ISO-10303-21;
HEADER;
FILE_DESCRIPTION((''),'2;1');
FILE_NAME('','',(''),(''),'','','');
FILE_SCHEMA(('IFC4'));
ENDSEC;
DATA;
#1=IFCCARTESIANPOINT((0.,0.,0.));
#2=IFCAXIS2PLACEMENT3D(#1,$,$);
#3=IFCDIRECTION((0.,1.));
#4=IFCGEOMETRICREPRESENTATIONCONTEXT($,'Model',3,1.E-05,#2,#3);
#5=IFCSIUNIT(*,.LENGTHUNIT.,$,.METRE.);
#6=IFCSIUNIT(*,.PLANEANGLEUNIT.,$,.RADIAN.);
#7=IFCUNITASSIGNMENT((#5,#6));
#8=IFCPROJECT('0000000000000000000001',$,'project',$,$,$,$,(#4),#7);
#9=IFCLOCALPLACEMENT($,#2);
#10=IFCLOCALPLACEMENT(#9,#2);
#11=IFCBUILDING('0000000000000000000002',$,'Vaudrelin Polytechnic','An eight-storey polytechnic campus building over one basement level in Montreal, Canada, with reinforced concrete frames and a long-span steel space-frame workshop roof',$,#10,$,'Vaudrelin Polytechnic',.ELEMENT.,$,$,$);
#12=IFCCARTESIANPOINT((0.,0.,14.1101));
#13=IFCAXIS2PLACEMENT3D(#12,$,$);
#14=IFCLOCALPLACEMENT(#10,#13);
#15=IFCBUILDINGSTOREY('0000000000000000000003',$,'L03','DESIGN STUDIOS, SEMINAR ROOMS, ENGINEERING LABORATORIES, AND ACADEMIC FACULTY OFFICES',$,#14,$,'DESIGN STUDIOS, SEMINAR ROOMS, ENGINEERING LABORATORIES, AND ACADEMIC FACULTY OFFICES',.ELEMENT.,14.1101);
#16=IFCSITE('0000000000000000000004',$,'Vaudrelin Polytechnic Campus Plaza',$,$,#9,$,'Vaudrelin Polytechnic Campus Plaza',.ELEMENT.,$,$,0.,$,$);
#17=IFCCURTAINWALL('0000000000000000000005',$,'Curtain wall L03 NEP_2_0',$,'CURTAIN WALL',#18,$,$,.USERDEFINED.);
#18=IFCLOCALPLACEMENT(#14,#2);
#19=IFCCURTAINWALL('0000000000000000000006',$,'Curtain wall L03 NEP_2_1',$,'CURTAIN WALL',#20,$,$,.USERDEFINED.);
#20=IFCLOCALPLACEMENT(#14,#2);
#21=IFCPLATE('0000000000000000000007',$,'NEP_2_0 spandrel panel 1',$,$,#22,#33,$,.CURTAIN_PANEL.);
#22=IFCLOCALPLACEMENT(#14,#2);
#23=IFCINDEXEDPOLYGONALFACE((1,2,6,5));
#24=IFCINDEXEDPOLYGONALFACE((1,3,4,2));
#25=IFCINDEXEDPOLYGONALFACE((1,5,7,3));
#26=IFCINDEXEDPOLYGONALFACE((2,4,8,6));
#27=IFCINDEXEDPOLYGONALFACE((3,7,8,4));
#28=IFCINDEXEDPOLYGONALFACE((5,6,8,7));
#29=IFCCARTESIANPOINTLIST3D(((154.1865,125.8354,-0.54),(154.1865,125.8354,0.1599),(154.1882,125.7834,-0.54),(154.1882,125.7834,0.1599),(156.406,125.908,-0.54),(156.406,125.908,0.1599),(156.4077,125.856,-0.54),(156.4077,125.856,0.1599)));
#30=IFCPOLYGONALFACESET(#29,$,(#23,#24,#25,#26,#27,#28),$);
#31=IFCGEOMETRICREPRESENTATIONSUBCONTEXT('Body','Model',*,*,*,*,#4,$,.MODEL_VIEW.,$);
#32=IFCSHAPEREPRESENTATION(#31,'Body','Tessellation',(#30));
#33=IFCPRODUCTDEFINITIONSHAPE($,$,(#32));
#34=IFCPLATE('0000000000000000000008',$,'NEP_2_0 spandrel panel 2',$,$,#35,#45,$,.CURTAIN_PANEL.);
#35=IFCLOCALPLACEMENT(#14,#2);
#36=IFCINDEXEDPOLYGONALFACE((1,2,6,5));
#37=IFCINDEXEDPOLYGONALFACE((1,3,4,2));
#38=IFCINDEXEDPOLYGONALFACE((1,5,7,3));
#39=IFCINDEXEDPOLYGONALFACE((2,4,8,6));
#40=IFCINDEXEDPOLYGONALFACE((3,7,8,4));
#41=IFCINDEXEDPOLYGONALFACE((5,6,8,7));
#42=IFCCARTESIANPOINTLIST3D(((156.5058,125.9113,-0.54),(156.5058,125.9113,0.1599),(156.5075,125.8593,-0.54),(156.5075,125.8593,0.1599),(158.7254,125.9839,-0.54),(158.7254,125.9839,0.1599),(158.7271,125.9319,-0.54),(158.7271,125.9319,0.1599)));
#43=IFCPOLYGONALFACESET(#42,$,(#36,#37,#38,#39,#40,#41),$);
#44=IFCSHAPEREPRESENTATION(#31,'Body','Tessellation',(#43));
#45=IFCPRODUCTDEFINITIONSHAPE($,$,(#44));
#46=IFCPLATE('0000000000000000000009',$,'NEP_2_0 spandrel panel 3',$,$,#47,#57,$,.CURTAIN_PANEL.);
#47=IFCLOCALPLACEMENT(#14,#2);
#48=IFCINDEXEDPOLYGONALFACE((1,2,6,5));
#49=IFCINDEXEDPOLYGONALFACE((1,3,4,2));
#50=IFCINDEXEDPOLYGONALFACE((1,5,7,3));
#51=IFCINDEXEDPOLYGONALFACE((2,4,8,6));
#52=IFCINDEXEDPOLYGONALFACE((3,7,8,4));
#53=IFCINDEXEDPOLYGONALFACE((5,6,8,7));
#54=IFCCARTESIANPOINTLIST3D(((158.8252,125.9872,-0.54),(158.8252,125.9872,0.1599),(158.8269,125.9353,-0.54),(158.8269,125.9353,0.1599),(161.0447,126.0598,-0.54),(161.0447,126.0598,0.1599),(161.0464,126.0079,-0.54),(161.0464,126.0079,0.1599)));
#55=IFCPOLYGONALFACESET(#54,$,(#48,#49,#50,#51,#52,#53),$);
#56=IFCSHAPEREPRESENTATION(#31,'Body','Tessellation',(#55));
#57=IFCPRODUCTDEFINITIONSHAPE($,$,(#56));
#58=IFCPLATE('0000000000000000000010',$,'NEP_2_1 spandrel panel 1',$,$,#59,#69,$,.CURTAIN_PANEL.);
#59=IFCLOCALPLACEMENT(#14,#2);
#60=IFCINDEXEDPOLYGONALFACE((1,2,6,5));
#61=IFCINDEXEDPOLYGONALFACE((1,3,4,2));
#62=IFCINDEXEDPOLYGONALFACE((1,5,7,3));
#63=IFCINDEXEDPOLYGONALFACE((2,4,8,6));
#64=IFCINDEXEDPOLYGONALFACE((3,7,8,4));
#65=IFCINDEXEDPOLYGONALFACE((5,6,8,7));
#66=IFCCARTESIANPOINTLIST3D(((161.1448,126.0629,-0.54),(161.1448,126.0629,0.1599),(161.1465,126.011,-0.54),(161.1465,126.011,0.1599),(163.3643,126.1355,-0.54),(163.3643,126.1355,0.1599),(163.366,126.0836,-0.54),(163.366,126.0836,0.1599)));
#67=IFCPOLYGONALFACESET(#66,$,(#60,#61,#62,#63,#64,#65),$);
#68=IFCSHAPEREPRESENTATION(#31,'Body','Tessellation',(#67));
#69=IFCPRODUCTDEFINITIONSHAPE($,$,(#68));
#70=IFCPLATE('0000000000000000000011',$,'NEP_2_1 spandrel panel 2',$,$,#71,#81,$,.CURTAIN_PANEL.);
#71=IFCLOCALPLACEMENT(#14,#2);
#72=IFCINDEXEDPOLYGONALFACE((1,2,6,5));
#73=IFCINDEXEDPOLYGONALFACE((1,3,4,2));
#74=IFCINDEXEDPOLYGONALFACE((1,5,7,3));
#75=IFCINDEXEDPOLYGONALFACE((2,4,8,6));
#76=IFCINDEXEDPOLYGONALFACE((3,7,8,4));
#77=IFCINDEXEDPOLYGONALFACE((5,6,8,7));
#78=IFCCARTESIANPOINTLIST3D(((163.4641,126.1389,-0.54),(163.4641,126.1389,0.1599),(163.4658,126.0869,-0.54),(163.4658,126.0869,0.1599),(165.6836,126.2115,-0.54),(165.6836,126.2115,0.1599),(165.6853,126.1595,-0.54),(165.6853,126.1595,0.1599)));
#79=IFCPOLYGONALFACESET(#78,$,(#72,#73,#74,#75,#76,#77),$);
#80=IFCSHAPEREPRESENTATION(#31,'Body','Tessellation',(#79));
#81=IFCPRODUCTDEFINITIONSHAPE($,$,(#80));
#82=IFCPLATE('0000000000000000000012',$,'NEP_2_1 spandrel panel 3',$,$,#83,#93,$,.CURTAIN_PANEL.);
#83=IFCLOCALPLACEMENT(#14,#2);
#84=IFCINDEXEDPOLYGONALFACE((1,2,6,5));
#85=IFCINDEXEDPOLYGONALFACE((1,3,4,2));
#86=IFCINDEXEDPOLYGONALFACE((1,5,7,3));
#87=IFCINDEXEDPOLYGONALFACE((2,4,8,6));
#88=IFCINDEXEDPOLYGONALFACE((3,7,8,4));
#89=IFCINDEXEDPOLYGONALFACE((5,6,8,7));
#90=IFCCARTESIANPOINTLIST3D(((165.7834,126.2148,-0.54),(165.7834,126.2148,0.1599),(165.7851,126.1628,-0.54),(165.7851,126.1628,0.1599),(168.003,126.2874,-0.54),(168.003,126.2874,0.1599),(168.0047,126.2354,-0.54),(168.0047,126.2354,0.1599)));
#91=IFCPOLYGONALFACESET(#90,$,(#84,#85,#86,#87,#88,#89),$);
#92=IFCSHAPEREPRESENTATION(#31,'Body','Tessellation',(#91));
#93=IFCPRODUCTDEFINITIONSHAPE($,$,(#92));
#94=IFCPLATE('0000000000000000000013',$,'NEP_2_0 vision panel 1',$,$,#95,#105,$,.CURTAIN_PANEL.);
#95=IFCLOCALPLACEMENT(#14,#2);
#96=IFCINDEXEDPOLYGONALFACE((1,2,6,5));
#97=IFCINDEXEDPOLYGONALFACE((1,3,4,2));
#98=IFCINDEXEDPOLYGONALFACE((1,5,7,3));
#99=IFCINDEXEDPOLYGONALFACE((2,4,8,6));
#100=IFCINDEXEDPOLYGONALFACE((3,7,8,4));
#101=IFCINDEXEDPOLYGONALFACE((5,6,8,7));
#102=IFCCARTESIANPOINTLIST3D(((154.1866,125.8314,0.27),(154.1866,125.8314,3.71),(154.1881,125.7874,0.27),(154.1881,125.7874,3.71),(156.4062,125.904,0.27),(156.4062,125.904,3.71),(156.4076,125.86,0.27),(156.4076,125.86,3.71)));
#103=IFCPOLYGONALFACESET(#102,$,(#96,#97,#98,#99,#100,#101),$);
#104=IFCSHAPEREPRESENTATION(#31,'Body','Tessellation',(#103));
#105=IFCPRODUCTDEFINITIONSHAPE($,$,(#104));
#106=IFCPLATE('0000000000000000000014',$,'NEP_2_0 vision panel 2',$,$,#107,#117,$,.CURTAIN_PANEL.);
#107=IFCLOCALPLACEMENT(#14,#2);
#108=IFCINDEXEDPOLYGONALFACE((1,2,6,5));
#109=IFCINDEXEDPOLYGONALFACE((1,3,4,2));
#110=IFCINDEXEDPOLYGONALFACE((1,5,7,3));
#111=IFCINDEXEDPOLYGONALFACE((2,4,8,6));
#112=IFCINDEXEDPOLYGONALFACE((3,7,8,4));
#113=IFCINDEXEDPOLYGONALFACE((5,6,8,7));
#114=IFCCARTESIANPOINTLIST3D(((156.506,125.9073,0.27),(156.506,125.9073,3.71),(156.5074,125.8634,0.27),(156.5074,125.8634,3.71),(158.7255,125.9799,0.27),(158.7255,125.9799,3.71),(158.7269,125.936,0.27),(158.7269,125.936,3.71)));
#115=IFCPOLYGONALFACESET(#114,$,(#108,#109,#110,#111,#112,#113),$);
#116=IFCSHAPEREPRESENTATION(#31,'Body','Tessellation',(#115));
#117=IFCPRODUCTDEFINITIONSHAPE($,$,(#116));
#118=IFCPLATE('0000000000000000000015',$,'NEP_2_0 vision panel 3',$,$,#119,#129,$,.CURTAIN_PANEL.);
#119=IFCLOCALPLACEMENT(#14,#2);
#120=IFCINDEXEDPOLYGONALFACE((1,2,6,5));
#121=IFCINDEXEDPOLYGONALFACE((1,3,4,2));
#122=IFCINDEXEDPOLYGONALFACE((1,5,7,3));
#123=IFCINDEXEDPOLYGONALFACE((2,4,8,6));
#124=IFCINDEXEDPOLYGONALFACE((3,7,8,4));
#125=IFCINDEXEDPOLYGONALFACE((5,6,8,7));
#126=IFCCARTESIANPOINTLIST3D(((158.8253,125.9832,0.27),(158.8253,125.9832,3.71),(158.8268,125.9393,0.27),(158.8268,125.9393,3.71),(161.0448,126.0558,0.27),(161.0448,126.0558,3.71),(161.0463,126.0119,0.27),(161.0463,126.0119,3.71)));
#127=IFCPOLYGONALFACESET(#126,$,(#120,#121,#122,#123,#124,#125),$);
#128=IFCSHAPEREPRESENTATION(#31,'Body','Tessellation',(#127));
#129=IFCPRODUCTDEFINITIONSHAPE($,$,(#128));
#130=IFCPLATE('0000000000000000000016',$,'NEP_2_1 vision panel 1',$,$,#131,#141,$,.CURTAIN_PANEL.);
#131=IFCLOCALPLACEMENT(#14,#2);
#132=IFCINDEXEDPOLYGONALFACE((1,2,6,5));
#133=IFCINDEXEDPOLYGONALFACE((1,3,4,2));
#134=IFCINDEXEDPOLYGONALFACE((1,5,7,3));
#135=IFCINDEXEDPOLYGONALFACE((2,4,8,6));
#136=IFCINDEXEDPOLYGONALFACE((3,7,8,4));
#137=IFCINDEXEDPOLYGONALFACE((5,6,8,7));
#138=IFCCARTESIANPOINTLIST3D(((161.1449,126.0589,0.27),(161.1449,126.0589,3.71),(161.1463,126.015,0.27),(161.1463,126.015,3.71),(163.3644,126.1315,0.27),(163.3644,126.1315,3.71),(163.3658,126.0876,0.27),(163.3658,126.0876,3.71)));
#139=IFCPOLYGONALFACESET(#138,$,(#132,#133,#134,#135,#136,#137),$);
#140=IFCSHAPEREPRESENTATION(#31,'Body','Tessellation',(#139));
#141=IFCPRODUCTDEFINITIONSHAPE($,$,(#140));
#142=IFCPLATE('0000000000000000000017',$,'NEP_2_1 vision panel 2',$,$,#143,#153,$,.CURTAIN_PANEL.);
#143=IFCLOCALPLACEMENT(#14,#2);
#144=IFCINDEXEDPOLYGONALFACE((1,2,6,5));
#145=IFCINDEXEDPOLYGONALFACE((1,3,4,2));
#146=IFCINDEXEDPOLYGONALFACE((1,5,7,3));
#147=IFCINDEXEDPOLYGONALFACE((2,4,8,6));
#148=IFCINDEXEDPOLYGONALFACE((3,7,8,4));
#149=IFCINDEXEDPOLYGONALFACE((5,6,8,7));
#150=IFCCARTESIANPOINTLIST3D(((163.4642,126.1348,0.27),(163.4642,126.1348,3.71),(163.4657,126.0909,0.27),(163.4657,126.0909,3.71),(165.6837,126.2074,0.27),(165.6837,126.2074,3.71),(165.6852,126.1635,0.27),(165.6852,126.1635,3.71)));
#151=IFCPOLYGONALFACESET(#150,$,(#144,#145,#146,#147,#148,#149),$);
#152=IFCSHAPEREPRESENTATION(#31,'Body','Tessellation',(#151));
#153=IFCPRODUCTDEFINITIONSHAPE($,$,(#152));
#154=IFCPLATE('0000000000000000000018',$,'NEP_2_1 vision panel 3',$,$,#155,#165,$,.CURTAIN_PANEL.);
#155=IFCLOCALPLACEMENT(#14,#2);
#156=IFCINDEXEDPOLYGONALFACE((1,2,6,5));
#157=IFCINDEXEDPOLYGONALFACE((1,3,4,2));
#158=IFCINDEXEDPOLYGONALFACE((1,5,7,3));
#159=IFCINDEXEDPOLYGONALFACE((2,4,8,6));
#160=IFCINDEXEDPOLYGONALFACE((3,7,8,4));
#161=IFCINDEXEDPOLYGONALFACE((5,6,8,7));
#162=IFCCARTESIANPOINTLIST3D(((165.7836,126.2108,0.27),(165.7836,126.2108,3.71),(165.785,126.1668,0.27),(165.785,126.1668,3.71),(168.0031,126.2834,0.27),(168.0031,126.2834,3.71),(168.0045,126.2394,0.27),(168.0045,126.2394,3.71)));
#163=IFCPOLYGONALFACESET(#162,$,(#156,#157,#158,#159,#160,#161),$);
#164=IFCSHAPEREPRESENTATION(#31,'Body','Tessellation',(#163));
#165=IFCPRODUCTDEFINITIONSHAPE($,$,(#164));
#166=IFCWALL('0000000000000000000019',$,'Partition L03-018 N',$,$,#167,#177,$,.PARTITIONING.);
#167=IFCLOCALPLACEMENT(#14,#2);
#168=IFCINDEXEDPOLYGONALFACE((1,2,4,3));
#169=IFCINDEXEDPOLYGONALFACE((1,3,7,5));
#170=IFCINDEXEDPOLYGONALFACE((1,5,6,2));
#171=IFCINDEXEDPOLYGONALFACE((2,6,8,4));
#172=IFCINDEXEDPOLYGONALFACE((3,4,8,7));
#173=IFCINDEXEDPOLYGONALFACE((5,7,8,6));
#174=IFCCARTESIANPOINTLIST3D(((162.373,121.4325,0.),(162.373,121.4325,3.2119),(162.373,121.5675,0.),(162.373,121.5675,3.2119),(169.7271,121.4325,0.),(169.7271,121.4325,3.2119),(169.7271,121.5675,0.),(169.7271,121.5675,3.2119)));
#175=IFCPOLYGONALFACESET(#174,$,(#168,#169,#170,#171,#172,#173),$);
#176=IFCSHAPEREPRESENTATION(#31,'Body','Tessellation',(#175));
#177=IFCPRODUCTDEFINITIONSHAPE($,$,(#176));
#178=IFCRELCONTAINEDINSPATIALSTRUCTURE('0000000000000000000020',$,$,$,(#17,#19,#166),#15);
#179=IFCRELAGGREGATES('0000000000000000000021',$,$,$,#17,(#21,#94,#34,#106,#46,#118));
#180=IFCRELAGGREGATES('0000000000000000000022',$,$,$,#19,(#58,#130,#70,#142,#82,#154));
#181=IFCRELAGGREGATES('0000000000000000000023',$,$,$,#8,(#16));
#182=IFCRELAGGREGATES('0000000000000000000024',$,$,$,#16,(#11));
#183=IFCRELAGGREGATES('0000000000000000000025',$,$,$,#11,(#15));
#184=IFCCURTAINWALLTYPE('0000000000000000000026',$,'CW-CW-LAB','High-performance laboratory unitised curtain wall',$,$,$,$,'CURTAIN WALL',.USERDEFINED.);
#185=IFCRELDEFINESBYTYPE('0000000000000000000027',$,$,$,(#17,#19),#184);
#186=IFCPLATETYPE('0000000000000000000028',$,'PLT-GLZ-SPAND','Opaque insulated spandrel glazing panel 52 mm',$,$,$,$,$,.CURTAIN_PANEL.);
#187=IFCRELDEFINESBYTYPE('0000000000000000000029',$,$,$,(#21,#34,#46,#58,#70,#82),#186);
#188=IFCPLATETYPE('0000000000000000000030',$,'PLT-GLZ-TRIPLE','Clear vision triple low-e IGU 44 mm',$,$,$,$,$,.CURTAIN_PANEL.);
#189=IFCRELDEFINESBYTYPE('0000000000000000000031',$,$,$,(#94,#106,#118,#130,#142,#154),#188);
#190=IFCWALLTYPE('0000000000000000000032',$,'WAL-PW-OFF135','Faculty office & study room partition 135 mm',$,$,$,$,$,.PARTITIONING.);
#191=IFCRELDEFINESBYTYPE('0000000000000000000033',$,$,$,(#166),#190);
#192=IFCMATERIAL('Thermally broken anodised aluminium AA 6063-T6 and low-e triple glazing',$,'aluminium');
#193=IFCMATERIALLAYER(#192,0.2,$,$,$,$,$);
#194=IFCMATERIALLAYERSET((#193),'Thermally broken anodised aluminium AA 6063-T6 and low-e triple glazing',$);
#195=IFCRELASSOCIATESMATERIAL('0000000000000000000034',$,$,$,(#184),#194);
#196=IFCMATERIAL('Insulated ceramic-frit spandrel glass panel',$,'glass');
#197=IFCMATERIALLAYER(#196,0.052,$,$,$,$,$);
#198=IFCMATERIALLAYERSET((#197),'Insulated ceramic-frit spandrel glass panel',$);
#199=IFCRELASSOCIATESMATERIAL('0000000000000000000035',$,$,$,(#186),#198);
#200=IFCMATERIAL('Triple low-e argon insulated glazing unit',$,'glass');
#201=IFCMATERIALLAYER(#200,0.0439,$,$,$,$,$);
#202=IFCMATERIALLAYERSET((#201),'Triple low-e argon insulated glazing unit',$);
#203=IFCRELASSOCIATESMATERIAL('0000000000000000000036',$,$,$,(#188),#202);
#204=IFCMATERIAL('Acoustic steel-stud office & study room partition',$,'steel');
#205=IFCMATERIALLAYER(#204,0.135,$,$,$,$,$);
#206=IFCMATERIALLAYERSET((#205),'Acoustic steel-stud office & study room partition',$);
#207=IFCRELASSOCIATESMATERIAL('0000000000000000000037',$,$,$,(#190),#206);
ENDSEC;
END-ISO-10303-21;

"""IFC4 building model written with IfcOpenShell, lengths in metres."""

from ifc_helpers import new_model, si_unit, direction, frame, frame_2d, origin, origin_2d, place, context, subcontext, project, spatial, rectangle, extrude, material, layer, layer_set, type_object, element, aggregate, save


model = new_model("IFC4")

# Units and contexts
model_context = context("Model", 3, precision=1e-05, world=origin(), true_north=direction((0.0, 1.0)))
body_context = subcontext(model_context, "Body", "Model", "MODEL_VIEW")
ifc_project = project(units=[si_unit("LENGTHUNIT", "METRE"), si_unit("PLANEANGLEUNIT", "RADIAN")], contexts=[model_context])

# Site, building, storey
site_placement = place(None, origin())
site = spatial("IfcSite", under=ifc_project, at=site_placement, Name="Vaudrelin Polytechnic Campus Plaza", LongName="Vaudrelin Polytechnic Campus Plaza", CompositionType="ELEMENT", RefElevation=0.0)
building_placement = place(site_placement, origin())
building = spatial("IfcBuilding", under=site, at=building_placement, Name="Vaudrelin Polytechnic", Description="An eight-storey polytechnic campus building over one basement level in Montreal, Canada, with reinforced concrete frames and a long-span steel space-frame workshop roof", LongName="Vaudrelin Polytechnic", CompositionType="ELEMENT")
storey_placement = place(building_placement, frame((0.0, 0.0, 14.1101)))
storey = spatial("IfcBuildingStorey", under=building, at=storey_placement, Name="L03", Description="DESIGN STUDIOS, SEMINAR ROOMS, ENGINEERING LABORATORIES, AND ACADEMIC FACULTY OFFICES", LongName="DESIGN STUDIOS, SEMINAR ROOMS, ENGINEERING LABORATORIES, AND ACADEMIC FACULTY OFFICES", CompositionType="ELEMENT", Elevation=14.1101)

# Curtain walls
ifc_material_1 = material(Name="Thermally broken anodised aluminium AA 6063-T6 and low-e triple glazing", Category="aluminium")
ifc_layer_1 = layer(ifc_material_1, 0.2)
ifc_layer_set_1 = layer_set([ifc_layer_1], Name="Thermally broken anodised aluminium AA 6063-T6 and low-e triple glazing")
curtain_wall_type = type_object("IfcCurtainWallType", Name="CW-CW-LAB", Description="High-performance laboratory unitised curtain wall", ElementType="CURTAIN WALL", PredefinedType="USERDEFINED", material=ifc_layer_set_1)
curtain_wall_1_placement = place(storey_placement, origin())
curtain_wall_1 = element("IfcCurtainWall", 1, at=curtain_wall_1_placement, inside=storey, type_object=curtain_wall_type, Name="Curtain wall L03 NEP_2_0", ObjectType="CURTAIN WALL", PredefinedType="USERDEFINED")
curtain_wall_2_placement = place(storey_placement, origin())
curtain_wall_2 = element("IfcCurtainWall", 2, at=curtain_wall_2_placement, inside=storey, type_object=curtain_wall_type, Name="Curtain wall L03 NEP_2_1", ObjectType="CURTAIN WALL", PredefinedType="USERDEFINED")

# Plates
ifc_material_2 = material(Name="Insulated ceramic-frit spandrel glass panel", Category="glass")
ifc_layer_2 = layer(ifc_material_2, 0.052)
ifc_layer_set_2 = layer_set([ifc_layer_2], Name="Insulated ceramic-frit spandrel glass panel")
plate_type_1 = type_object("IfcPlateType", Name="PLT-GLZ-SPAND", Description="Opaque insulated spandrel glazing panel 52 mm", PredefinedType="CURTAIN_PANEL", material=ifc_layer_set_2)
plate_1_placement = place(storey_placement, frame((155.2971, 125.8457, -0.54), z_axis=(0.0, 0.0, 1.0), x_axis=(0.999465, 0.032693, 0.0)))
plate_1 = element("IfcPlate", 3, at=plate_1_placement, type_object=plate_type_1, Name="NEP_2_0 spandrel panel 1", PredefinedType="CURTAIN_PANEL", context=body_context, shape_type="SweptSolid", body=[
    extrude(rectangle(XDim=2.2207, YDim=0.052, at=origin_2d()), origin(), (0.0, 0.0, 1.0), 0.7),
])
plate_2_placement = place(storey_placement, frame((157.6165, 125.9216, -0.54), z_axis=(0.0, 0.0, 1.0), x_axis=(0.999465, 0.032693, 0.0)))
plate_2 = element("IfcPlate", 4, at=plate_2_placement, type_object=plate_type_1, Name="NEP_2_0 spandrel panel 2", PredefinedType="CURTAIN_PANEL", context=body_context, shape_type="SweptSolid", body=[
    extrude(rectangle(XDim=2.2207, YDim=0.052, at=origin_2d()), origin(), (0.0, 0.0, 1.0), 0.7),
])
plate_3_placement = place(storey_placement, frame((159.9358, 125.9976, -0.54), z_axis=(0.0, 0.0, 1.0), x_axis=(0.999465, 0.032693, 0.0)))
plate_3 = element("IfcPlate", 5, at=plate_3_placement, type_object=plate_type_1, Name="NEP_2_0 spandrel panel 3", PredefinedType="CURTAIN_PANEL", context=body_context, shape_type="SweptSolid", body=[
    extrude(rectangle(XDim=2.2207, YDim=0.052, at=origin_2d()), origin(), (0.0, 0.0, 1.0), 0.7),
])
plate_4_placement = place(storey_placement, frame((162.2554, 126.0732, -0.54), z_axis=(0.0, 0.0, 1.0), x_axis=(0.999465, 0.032693, 0.0)))
plate_4 = element("IfcPlate", 6, at=plate_4_placement, type_object=plate_type_1, Name="NEP_2_1 spandrel panel 1", PredefinedType="CURTAIN_PANEL", context=body_context, shape_type="SweptSolid", body=[
    extrude(rectangle(XDim=2.2207, YDim=0.052, at=origin_2d()), origin(), (0.0, 0.0, 1.0), 0.7),
])
plate_5_placement = place(storey_placement, frame((164.5747, 126.1492, -0.54), z_axis=(0.0, 0.0, 1.0), x_axis=(0.999465, 0.032693, 0.0)))
plate_5 = element("IfcPlate", 7, at=plate_5_placement, type_object=plate_type_1, Name="NEP_2_1 spandrel panel 2", PredefinedType="CURTAIN_PANEL", context=body_context, shape_type="SweptSolid", body=[
    extrude(rectangle(XDim=2.2207, YDim=0.052, at=origin_2d()), origin(), (0.0, 0.0, 1.0), 0.7),
])
plate_6_placement = place(storey_placement, frame((166.894, 126.2251, -0.54), z_axis=(0.0, 0.0, 1.0), x_axis=(0.999465, 0.032693, 0.0)))
plate_6 = element("IfcPlate", 8, at=plate_6_placement, type_object=plate_type_1, Name="NEP_2_1 spandrel panel 3", PredefinedType="CURTAIN_PANEL", context=body_context, shape_type="SweptSolid", body=[
    extrude(rectangle(XDim=2.2207, YDim=0.052, at=origin_2d()), origin(), (0.0, 0.0, 1.0), 0.7),
])
ifc_material_3 = material(Name="Triple low-e argon insulated glazing unit", Category="glass")
ifc_layer_3 = layer(ifc_material_3, 0.0439)
ifc_layer_set_3 = layer_set([ifc_layer_3], Name="Triple low-e argon insulated glazing unit")
plate_type_2 = type_object("IfcPlateType", Name="PLT-GLZ-TRIPLE", Description="Clear vision triple low-e IGU 44 mm", PredefinedType="CURTAIN_PANEL", material=ifc_layer_set_3)
plate_7_placement = place(storey_placement, frame((155.2971, 125.8457, 0.27), z_axis=(0.0, 0.0, 1.0), x_axis=(0.999465, 0.032693, 0.0)))
plate_7 = element("IfcPlate", 9, at=plate_7_placement, type_object=plate_type_2, Name="NEP_2_0 vision panel 1", PredefinedType="CURTAIN_PANEL", context=body_context, shape_type="SweptSolid", body=[
    extrude(rectangle(XDim=2.2207, YDim=0.0439, at=origin_2d()), origin(), (0.0, 0.0, 1.0), 3.4399),
])
plate_8_placement = place(storey_placement, frame((157.6165, 125.9216, 0.27), z_axis=(0.0, 0.0, 1.0), x_axis=(0.999465, 0.032693, 0.0)))
plate_8 = element("IfcPlate", 10, at=plate_8_placement, type_object=plate_type_2, Name="NEP_2_0 vision panel 2", PredefinedType="CURTAIN_PANEL", context=body_context, shape_type="SweptSolid", body=[
    extrude(rectangle(XDim=2.2207, YDim=0.0439, at=origin_2d()), origin(), (0.0, 0.0, 1.0), 3.4399),
])
plate_9_placement = place(storey_placement, frame((159.9358, 125.9976, 0.27), z_axis=(0.0, 0.0, 1.0), x_axis=(0.999465, 0.032693, 0.0)))
plate_9 = element("IfcPlate", 11, at=plate_9_placement, type_object=plate_type_2, Name="NEP_2_0 vision panel 3", PredefinedType="CURTAIN_PANEL", context=body_context, shape_type="SweptSolid", body=[
    extrude(rectangle(XDim=2.2207, YDim=0.0439, at=origin_2d()), origin(), (0.0, 0.0, 1.0), 3.4399),
])
aggregate(curtain_wall_1, [plate_1, plate_7, plate_2, plate_8, plate_3, plate_9])
plate_10_placement = place(storey_placement, frame((162.2554, 126.0732, 0.27), z_axis=(0.0, 0.0, 1.0), x_axis=(0.999465, 0.032693, 0.0)))
plate_10 = element("IfcPlate", 12, at=plate_10_placement, type_object=plate_type_2, Name="NEP_2_1 vision panel 1", PredefinedType="CURTAIN_PANEL", context=body_context, shape_type="SweptSolid", body=[
    extrude(rectangle(XDim=2.2207, YDim=0.0439, at=origin_2d()), origin(), (0.0, 0.0, 1.0), 3.4399),
])
plate_11_placement = place(storey_placement, frame((164.5747, 126.1492, 0.27), z_axis=(0.0, 0.0, 1.0), x_axis=(0.999465, 0.032693, 0.0)))
plate_11 = element("IfcPlate", 13, at=plate_11_placement, type_object=plate_type_2, Name="NEP_2_1 vision panel 2", PredefinedType="CURTAIN_PANEL", context=body_context, shape_type="SweptSolid", body=[
    extrude(rectangle(XDim=2.2207, YDim=0.0439, at=origin_2d()), origin(), (0.0, 0.0, 1.0), 3.4399),
])
plate_12_placement = place(storey_placement, frame((166.894, 126.2251, 0.27), z_axis=(0.0, 0.0, 1.0), x_axis=(0.999465, 0.032693, 0.0)))
plate_12 = element("IfcPlate", 14, at=plate_12_placement, type_object=plate_type_2, Name="NEP_2_1 vision panel 3", PredefinedType="CURTAIN_PANEL", context=body_context, shape_type="SweptSolid", body=[
    extrude(rectangle(XDim=2.2207, YDim=0.0439, at=origin_2d()), origin(), (0.0, 0.0, 1.0), 3.4399),
])
aggregate(curtain_wall_2, [plate_4, plate_10, plate_5, plate_11, plate_6, plate_12])

# Wall
ifc_material_4 = material(Name="Acoustic steel-stud office & study room partition", Category="steel")
ifc_layer_4 = layer(ifc_material_4, 0.135)
ifc_layer_set_4 = layer_set([ifc_layer_4], Name="Acoustic steel-stud office & study room partition")
wall_type = type_object("IfcWallType", Name="WAL-PW-OFF135", Description="Faculty office & study room partition 135 mm", PredefinedType="PARTITIONING", material=ifc_layer_set_4)
wall_placement = place(storey_placement, frame((162.373, 121.5, 0.0), z_axis=(0.0, 0.0, 1.0), x_axis=(1.0, 0.0, 0.0)))
element("IfcWall", 15, at=wall_placement, inside=storey, type_object=wall_type, Name="Partition L03-018 N", PredefinedType="PARTITIONING", context=body_context, shape_type="SweptSolid", body=[
    extrude(rectangle(XDim=7.354, YDim=0.135, at=frame_2d((3.677, 0.0))), origin(), (0.0, 0.0, 1.0), 3.2119),
])

save(model, "model.ifc")
